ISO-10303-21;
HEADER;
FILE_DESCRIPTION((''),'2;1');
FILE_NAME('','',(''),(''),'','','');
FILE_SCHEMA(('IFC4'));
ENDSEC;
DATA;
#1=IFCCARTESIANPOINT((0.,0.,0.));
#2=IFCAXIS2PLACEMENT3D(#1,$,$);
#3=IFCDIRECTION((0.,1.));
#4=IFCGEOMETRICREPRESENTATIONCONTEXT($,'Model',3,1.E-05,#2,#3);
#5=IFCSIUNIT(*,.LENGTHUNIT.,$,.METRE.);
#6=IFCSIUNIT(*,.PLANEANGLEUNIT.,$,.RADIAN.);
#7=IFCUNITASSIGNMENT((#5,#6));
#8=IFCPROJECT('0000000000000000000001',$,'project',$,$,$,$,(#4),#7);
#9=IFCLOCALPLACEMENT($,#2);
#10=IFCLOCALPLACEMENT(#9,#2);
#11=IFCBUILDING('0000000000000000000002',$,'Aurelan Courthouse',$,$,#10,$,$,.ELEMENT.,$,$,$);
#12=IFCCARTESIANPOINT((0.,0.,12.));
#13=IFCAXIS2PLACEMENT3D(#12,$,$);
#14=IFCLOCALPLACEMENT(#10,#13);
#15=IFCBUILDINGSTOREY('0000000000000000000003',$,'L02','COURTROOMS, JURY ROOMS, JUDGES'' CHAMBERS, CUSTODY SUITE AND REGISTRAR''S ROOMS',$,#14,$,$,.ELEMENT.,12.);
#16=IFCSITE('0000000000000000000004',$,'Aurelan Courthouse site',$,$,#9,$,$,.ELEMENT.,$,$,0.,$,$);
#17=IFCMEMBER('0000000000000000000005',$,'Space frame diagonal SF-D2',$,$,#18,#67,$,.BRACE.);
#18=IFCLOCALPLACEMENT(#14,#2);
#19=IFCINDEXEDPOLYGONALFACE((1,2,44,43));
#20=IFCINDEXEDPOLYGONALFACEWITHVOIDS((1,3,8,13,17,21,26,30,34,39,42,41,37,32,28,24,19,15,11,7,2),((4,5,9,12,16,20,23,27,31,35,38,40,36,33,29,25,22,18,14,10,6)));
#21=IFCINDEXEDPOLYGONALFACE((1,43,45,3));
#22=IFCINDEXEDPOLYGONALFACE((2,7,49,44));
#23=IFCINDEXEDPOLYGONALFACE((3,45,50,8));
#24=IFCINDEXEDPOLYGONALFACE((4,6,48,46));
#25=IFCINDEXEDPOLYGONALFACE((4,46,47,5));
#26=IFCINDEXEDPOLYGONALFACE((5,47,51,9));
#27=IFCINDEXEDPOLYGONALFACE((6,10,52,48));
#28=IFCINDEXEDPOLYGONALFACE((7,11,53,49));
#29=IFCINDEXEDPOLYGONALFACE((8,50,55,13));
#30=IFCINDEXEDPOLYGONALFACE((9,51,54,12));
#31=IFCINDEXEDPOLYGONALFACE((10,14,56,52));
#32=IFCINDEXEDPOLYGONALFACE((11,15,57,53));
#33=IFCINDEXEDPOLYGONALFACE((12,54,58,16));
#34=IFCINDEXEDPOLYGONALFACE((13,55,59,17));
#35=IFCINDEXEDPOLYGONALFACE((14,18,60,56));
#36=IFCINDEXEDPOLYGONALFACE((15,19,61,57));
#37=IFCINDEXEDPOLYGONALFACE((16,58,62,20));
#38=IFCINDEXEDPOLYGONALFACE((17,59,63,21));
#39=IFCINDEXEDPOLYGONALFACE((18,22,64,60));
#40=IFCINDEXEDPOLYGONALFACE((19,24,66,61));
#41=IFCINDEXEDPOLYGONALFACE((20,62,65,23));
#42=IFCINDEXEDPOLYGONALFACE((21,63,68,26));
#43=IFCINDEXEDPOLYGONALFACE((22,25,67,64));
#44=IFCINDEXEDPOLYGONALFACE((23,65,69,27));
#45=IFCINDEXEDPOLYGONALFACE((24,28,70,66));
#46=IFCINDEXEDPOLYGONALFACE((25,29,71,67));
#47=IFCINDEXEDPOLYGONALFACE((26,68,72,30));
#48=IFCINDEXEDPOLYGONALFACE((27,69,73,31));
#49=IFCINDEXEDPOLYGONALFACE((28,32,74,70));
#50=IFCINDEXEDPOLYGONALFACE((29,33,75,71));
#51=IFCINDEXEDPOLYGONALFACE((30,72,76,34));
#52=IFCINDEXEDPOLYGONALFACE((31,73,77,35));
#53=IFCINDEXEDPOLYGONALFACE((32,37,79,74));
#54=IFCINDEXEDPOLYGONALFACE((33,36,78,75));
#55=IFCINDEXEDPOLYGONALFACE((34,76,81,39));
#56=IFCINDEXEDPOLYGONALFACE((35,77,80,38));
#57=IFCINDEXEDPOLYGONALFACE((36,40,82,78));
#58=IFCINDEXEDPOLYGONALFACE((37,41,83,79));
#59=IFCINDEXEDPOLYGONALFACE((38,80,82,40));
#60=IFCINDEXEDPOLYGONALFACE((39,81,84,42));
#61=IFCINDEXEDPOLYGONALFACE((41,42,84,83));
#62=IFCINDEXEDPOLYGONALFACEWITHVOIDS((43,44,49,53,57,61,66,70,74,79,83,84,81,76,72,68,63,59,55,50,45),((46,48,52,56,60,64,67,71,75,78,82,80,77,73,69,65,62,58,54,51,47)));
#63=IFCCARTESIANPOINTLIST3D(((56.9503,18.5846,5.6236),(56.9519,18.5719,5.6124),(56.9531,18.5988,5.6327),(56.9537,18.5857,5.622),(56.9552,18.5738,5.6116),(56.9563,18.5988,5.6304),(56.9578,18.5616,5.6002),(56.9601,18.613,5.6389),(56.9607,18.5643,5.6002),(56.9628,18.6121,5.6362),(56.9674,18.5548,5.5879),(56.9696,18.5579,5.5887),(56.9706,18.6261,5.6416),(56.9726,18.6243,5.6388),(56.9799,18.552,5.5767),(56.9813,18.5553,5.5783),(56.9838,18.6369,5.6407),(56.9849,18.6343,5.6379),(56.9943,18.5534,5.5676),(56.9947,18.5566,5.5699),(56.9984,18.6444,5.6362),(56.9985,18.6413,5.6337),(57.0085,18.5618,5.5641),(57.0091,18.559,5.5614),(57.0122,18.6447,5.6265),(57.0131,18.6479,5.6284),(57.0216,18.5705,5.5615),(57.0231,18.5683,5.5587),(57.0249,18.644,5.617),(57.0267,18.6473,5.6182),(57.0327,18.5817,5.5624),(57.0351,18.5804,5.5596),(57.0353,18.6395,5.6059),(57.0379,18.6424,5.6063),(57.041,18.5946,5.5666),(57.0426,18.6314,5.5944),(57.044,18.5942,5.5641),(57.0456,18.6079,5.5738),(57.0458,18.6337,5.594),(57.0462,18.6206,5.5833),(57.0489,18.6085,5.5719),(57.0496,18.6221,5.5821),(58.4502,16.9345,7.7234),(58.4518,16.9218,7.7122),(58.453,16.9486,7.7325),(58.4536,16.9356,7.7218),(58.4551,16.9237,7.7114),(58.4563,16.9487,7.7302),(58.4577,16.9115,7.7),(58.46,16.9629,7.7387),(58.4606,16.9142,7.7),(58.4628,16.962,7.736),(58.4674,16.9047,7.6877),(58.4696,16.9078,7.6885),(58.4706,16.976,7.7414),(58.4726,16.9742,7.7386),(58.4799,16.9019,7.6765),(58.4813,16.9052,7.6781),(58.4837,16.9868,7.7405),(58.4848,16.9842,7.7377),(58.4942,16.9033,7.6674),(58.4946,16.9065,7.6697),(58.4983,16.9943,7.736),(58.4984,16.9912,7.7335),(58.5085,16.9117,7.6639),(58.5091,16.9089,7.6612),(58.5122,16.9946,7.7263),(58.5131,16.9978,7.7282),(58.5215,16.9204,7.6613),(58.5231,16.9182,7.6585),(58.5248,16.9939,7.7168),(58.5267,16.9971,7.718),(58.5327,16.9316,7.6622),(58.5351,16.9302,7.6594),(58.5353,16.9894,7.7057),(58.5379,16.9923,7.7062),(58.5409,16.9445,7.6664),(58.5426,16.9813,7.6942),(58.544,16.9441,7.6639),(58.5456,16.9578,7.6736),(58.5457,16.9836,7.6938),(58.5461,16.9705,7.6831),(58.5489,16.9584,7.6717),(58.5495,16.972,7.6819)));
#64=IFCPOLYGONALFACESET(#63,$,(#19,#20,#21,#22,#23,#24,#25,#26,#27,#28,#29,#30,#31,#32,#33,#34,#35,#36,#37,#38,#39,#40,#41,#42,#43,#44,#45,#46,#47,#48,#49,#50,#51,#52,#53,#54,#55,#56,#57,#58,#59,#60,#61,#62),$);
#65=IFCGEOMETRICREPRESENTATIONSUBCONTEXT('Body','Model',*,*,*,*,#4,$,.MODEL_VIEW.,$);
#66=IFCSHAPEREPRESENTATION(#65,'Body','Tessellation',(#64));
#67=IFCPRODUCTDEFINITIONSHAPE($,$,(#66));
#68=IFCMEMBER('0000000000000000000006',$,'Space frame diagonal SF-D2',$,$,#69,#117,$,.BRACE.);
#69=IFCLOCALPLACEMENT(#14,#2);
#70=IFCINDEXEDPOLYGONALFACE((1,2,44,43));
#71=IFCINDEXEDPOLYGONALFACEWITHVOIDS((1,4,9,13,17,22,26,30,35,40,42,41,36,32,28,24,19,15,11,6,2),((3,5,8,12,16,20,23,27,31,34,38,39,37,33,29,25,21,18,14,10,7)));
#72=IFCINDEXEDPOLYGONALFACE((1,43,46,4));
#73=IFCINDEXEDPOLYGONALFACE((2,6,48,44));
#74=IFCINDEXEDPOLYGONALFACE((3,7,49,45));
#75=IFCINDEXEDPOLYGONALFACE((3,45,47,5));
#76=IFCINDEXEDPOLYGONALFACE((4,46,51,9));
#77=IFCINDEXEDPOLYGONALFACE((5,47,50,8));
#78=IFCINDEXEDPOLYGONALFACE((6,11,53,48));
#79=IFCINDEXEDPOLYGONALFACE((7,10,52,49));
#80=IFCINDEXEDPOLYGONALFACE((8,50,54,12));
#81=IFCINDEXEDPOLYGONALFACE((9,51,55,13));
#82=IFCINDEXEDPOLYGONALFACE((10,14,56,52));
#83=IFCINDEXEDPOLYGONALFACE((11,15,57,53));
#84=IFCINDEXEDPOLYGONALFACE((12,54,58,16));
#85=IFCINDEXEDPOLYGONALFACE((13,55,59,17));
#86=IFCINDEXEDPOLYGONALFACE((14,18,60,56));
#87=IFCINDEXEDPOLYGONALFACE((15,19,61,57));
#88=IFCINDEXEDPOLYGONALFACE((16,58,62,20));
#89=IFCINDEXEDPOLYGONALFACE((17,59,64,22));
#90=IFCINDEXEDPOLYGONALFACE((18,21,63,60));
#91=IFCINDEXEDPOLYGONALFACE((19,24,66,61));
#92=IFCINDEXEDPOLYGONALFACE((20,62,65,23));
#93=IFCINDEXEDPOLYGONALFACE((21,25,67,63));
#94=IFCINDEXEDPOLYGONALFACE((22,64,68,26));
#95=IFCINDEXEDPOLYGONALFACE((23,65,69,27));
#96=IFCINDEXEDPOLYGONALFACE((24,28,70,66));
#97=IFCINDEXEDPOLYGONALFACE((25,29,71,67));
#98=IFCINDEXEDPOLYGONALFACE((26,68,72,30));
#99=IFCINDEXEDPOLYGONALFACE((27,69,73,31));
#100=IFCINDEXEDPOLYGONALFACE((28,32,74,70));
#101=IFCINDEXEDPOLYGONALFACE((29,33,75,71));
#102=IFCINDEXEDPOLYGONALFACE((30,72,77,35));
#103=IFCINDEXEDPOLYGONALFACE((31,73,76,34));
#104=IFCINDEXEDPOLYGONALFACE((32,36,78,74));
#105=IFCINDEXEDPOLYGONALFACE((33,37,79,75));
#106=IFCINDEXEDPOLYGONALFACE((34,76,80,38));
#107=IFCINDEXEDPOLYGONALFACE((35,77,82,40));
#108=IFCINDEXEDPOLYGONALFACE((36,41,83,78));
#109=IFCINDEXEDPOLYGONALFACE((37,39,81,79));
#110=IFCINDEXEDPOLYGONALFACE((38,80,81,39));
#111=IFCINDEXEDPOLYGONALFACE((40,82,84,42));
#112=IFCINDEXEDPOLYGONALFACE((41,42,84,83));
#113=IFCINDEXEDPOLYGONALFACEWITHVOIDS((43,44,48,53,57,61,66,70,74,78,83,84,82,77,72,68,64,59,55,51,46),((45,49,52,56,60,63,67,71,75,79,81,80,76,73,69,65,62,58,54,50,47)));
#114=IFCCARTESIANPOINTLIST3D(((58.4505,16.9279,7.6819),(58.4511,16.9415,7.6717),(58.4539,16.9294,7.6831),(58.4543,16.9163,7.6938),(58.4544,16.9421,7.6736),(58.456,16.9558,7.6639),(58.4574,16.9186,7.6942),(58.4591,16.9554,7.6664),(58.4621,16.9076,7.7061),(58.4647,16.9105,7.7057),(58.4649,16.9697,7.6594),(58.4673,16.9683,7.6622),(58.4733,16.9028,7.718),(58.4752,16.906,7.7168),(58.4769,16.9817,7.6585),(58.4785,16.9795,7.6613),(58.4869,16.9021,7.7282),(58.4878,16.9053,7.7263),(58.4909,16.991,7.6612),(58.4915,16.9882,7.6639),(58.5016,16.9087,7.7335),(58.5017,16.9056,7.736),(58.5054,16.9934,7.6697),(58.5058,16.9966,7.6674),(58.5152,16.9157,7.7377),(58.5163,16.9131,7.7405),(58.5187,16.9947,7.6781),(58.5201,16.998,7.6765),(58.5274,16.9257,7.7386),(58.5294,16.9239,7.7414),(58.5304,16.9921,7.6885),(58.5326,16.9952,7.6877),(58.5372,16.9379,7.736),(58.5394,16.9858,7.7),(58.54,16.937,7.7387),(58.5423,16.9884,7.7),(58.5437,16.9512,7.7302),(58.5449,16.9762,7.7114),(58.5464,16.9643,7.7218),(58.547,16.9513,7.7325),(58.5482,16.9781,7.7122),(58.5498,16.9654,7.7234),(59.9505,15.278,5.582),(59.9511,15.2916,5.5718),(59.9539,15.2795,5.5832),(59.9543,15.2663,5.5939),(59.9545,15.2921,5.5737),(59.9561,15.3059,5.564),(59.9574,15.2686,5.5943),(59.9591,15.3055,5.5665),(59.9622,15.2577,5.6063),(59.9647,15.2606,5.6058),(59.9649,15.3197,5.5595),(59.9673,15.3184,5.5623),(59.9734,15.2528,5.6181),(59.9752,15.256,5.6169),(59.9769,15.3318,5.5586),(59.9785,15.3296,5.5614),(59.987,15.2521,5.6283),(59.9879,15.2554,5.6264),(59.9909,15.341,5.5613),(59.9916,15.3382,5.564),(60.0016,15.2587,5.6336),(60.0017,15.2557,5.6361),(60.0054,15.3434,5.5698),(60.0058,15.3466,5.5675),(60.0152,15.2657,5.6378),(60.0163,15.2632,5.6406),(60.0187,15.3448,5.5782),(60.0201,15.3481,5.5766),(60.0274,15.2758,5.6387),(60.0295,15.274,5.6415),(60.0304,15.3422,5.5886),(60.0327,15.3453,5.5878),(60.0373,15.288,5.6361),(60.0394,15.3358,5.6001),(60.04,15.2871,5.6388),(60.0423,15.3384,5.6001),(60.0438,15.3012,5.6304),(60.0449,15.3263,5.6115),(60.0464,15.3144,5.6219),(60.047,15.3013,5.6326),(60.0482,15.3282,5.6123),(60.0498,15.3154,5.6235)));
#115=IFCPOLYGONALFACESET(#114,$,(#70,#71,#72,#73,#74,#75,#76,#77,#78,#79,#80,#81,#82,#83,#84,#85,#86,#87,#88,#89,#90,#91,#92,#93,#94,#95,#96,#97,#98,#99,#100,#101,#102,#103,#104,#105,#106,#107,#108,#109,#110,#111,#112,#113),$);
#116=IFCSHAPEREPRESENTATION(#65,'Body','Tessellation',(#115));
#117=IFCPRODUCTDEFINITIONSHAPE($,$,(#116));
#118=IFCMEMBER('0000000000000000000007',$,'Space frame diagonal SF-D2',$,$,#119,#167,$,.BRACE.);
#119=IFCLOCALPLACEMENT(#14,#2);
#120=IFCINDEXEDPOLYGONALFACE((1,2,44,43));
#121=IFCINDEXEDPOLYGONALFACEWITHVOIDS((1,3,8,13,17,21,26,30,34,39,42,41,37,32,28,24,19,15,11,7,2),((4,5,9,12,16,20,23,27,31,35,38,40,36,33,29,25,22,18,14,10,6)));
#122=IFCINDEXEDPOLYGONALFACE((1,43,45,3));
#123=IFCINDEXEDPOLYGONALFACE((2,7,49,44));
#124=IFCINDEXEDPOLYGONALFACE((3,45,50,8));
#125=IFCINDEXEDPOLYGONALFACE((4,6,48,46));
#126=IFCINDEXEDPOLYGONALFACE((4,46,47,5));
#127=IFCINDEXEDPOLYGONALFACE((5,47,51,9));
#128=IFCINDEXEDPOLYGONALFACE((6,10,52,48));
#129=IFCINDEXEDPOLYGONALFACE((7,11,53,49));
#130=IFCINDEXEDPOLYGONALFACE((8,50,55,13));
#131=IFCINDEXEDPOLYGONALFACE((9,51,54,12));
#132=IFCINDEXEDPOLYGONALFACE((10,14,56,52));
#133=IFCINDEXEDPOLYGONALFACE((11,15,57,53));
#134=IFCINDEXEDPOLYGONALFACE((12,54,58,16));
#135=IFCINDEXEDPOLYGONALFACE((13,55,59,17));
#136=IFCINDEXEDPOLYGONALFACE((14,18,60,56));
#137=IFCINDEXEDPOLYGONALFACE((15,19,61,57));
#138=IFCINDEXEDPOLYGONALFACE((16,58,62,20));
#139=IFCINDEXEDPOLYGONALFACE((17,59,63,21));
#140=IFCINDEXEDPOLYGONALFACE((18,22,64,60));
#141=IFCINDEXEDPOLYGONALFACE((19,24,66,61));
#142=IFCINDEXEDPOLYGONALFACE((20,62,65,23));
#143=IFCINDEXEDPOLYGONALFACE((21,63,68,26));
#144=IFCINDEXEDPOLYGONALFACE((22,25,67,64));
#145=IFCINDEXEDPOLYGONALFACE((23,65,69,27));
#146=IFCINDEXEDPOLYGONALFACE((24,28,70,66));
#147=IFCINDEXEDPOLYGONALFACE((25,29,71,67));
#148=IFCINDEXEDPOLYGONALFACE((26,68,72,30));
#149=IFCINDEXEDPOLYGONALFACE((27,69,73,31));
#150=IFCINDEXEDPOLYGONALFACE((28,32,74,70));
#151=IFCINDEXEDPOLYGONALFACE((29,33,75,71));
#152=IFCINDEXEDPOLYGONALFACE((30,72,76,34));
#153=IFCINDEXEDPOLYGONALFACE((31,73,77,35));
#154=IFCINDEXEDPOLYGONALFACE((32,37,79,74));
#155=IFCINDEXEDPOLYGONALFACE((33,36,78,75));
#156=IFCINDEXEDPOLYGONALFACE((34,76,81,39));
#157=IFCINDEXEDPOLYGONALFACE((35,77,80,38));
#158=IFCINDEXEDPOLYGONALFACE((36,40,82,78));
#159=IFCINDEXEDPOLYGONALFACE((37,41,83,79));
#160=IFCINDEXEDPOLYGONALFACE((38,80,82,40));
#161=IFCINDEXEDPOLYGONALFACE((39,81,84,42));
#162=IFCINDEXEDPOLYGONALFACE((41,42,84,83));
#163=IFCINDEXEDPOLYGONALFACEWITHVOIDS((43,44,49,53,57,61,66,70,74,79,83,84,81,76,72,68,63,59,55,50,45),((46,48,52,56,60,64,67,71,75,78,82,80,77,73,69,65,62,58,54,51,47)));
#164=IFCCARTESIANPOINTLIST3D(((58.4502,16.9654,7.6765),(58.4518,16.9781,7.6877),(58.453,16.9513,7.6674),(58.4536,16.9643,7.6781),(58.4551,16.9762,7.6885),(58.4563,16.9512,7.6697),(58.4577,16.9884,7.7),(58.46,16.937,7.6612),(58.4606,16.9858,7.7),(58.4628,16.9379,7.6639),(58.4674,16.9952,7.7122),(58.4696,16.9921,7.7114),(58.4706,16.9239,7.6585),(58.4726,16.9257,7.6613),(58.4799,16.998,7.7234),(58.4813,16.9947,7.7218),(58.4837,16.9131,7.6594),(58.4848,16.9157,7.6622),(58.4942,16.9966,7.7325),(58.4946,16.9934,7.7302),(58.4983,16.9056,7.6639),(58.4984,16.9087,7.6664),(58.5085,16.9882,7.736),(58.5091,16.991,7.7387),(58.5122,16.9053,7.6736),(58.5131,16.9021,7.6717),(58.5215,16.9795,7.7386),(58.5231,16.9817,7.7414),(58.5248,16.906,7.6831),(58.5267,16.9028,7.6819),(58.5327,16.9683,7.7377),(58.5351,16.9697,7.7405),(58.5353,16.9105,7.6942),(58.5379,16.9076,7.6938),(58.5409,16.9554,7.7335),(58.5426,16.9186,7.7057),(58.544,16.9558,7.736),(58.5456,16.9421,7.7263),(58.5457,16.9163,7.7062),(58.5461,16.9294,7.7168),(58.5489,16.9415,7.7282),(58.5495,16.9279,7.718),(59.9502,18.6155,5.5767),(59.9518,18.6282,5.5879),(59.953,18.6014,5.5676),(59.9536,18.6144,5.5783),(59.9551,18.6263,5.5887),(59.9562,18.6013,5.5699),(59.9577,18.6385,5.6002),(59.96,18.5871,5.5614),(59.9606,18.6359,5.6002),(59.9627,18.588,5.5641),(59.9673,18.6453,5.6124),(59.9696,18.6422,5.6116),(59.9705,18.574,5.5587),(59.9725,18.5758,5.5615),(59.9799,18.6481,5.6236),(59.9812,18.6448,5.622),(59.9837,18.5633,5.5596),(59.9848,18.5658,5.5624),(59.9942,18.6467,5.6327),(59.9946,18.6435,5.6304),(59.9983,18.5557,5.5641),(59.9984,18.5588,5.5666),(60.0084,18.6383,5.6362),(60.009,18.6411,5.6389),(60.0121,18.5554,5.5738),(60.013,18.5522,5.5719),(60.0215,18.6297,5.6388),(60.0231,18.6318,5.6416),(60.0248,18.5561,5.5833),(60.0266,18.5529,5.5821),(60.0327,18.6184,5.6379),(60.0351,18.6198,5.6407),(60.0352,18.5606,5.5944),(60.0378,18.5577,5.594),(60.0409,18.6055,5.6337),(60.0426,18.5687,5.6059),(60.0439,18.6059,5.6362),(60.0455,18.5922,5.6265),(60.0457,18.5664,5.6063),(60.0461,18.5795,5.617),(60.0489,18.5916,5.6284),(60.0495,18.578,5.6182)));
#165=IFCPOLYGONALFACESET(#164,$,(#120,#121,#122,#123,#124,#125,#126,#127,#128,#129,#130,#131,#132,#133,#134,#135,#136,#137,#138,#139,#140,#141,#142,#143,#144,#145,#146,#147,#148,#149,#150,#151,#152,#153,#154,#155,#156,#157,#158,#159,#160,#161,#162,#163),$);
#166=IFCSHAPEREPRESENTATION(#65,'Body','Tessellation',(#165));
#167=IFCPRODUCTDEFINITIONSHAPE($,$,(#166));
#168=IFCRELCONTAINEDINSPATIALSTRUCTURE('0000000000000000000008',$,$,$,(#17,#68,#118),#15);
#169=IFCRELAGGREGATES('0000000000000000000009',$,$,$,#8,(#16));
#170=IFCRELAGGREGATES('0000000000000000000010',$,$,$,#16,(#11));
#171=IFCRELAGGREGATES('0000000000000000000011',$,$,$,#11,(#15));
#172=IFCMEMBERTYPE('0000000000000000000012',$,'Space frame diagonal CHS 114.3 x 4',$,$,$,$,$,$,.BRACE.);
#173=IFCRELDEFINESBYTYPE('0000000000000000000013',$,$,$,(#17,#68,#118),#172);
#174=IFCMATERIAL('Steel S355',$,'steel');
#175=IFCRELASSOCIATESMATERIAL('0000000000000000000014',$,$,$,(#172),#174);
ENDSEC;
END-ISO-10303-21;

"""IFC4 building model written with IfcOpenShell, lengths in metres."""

from ifc_helpers import new_model, si_unit, direction, frame, origin, origin_2d, place, context, subcontext, project, spatial, hollow_circle, extrude, material, material_profile, profile_set, type_object, element, save


model = new_model("IFC4")

# Units and contexts
model_context = context("Model", 3, precision=1e-05, world=origin(), true_north=direction((0.0, 1.0)))
body_context = subcontext(model_context, "Body", "Model", "MODEL_VIEW")
ifc_project = project(units=[si_unit("LENGTHUNIT", "METRE"), si_unit("PLANEANGLEUNIT", "RADIAN")], contexts=[model_context])

# Site, building, storey
site_placement = place(None, origin())
site = spatial("IfcSite", under=ifc_project, at=site_placement, Name="Aurelan Courthouse site", CompositionType="ELEMENT", RefElevation=0.0)
building_placement = place(site_placement, origin())
building = spatial("IfcBuilding", under=site, at=building_placement, Name="Aurelan Courthouse", CompositionType="ELEMENT")
storey_placement = place(building_placement, frame((0.0, 0.0, 12.0)))
storey = spatial("IfcBuildingStorey", under=building, at=storey_placement, Name="L02", Description="COURTROOMS, JURY ROOMS, JUDGES' CHAMBERS, CUSTODY SUITE AND REGISTRAR'S ROOMS", CompositionType="ELEMENT", Elevation=12.0)

# Members
ifc_material_1 = material(Name="Steel S355", Category="steel")
ifc_material_profile_1 = material_profile(ifc_material_1, hollow_circle(Radius=0.0571, WallThickness=0.0039, at=origin_2d()), Name="CHS 114.3 x 4")
ifc_profile_set_1 = profile_set([ifc_material_profile_1], Name="Steel S355")
member_type_1 = type_object("IfcMemberType", Name="Space frame diagonal CHS 114.3 x 4", PredefinedType="BRACE", material=ifc_profile_set_1)
for number, where, z_axis, x_axis, name in (
    (1, (58.5, 16.95, 7.7), (-0.489706, 0.538724, -0.68554), (-0.73997, -0.67264, 0.0), "Space frame diagonal SF-D2"),
    (2, (58.5, 16.95, 7.7), (0.489727, -0.538667, -0.685569), (0.73992, 0.672695, 0.0), "Space frame diagonal SF-D2"),
    (3, (58.5, 16.95, 7.7), (0.489706, 0.538724, -0.68554), (-0.73997, 0.67264, 0.0), "Space frame diagonal SF-D2"),
):
    element("IfcMember", number, at=place(storey_placement, frame(where, z_axis=z_axis, x_axis=x_axis)), inside=storey, type_object=member_type_1, Name=name, PredefinedType="BRACE", context=body_context, shape_type="SweptSolid", body=[
        extrude(hollow_circle(Radius=0.0571, WallThickness=0.0039, at=origin_2d()), origin(), (0.0, 0.0, 1.0), 3.063),
    ])

save(model, "model.ifc")
